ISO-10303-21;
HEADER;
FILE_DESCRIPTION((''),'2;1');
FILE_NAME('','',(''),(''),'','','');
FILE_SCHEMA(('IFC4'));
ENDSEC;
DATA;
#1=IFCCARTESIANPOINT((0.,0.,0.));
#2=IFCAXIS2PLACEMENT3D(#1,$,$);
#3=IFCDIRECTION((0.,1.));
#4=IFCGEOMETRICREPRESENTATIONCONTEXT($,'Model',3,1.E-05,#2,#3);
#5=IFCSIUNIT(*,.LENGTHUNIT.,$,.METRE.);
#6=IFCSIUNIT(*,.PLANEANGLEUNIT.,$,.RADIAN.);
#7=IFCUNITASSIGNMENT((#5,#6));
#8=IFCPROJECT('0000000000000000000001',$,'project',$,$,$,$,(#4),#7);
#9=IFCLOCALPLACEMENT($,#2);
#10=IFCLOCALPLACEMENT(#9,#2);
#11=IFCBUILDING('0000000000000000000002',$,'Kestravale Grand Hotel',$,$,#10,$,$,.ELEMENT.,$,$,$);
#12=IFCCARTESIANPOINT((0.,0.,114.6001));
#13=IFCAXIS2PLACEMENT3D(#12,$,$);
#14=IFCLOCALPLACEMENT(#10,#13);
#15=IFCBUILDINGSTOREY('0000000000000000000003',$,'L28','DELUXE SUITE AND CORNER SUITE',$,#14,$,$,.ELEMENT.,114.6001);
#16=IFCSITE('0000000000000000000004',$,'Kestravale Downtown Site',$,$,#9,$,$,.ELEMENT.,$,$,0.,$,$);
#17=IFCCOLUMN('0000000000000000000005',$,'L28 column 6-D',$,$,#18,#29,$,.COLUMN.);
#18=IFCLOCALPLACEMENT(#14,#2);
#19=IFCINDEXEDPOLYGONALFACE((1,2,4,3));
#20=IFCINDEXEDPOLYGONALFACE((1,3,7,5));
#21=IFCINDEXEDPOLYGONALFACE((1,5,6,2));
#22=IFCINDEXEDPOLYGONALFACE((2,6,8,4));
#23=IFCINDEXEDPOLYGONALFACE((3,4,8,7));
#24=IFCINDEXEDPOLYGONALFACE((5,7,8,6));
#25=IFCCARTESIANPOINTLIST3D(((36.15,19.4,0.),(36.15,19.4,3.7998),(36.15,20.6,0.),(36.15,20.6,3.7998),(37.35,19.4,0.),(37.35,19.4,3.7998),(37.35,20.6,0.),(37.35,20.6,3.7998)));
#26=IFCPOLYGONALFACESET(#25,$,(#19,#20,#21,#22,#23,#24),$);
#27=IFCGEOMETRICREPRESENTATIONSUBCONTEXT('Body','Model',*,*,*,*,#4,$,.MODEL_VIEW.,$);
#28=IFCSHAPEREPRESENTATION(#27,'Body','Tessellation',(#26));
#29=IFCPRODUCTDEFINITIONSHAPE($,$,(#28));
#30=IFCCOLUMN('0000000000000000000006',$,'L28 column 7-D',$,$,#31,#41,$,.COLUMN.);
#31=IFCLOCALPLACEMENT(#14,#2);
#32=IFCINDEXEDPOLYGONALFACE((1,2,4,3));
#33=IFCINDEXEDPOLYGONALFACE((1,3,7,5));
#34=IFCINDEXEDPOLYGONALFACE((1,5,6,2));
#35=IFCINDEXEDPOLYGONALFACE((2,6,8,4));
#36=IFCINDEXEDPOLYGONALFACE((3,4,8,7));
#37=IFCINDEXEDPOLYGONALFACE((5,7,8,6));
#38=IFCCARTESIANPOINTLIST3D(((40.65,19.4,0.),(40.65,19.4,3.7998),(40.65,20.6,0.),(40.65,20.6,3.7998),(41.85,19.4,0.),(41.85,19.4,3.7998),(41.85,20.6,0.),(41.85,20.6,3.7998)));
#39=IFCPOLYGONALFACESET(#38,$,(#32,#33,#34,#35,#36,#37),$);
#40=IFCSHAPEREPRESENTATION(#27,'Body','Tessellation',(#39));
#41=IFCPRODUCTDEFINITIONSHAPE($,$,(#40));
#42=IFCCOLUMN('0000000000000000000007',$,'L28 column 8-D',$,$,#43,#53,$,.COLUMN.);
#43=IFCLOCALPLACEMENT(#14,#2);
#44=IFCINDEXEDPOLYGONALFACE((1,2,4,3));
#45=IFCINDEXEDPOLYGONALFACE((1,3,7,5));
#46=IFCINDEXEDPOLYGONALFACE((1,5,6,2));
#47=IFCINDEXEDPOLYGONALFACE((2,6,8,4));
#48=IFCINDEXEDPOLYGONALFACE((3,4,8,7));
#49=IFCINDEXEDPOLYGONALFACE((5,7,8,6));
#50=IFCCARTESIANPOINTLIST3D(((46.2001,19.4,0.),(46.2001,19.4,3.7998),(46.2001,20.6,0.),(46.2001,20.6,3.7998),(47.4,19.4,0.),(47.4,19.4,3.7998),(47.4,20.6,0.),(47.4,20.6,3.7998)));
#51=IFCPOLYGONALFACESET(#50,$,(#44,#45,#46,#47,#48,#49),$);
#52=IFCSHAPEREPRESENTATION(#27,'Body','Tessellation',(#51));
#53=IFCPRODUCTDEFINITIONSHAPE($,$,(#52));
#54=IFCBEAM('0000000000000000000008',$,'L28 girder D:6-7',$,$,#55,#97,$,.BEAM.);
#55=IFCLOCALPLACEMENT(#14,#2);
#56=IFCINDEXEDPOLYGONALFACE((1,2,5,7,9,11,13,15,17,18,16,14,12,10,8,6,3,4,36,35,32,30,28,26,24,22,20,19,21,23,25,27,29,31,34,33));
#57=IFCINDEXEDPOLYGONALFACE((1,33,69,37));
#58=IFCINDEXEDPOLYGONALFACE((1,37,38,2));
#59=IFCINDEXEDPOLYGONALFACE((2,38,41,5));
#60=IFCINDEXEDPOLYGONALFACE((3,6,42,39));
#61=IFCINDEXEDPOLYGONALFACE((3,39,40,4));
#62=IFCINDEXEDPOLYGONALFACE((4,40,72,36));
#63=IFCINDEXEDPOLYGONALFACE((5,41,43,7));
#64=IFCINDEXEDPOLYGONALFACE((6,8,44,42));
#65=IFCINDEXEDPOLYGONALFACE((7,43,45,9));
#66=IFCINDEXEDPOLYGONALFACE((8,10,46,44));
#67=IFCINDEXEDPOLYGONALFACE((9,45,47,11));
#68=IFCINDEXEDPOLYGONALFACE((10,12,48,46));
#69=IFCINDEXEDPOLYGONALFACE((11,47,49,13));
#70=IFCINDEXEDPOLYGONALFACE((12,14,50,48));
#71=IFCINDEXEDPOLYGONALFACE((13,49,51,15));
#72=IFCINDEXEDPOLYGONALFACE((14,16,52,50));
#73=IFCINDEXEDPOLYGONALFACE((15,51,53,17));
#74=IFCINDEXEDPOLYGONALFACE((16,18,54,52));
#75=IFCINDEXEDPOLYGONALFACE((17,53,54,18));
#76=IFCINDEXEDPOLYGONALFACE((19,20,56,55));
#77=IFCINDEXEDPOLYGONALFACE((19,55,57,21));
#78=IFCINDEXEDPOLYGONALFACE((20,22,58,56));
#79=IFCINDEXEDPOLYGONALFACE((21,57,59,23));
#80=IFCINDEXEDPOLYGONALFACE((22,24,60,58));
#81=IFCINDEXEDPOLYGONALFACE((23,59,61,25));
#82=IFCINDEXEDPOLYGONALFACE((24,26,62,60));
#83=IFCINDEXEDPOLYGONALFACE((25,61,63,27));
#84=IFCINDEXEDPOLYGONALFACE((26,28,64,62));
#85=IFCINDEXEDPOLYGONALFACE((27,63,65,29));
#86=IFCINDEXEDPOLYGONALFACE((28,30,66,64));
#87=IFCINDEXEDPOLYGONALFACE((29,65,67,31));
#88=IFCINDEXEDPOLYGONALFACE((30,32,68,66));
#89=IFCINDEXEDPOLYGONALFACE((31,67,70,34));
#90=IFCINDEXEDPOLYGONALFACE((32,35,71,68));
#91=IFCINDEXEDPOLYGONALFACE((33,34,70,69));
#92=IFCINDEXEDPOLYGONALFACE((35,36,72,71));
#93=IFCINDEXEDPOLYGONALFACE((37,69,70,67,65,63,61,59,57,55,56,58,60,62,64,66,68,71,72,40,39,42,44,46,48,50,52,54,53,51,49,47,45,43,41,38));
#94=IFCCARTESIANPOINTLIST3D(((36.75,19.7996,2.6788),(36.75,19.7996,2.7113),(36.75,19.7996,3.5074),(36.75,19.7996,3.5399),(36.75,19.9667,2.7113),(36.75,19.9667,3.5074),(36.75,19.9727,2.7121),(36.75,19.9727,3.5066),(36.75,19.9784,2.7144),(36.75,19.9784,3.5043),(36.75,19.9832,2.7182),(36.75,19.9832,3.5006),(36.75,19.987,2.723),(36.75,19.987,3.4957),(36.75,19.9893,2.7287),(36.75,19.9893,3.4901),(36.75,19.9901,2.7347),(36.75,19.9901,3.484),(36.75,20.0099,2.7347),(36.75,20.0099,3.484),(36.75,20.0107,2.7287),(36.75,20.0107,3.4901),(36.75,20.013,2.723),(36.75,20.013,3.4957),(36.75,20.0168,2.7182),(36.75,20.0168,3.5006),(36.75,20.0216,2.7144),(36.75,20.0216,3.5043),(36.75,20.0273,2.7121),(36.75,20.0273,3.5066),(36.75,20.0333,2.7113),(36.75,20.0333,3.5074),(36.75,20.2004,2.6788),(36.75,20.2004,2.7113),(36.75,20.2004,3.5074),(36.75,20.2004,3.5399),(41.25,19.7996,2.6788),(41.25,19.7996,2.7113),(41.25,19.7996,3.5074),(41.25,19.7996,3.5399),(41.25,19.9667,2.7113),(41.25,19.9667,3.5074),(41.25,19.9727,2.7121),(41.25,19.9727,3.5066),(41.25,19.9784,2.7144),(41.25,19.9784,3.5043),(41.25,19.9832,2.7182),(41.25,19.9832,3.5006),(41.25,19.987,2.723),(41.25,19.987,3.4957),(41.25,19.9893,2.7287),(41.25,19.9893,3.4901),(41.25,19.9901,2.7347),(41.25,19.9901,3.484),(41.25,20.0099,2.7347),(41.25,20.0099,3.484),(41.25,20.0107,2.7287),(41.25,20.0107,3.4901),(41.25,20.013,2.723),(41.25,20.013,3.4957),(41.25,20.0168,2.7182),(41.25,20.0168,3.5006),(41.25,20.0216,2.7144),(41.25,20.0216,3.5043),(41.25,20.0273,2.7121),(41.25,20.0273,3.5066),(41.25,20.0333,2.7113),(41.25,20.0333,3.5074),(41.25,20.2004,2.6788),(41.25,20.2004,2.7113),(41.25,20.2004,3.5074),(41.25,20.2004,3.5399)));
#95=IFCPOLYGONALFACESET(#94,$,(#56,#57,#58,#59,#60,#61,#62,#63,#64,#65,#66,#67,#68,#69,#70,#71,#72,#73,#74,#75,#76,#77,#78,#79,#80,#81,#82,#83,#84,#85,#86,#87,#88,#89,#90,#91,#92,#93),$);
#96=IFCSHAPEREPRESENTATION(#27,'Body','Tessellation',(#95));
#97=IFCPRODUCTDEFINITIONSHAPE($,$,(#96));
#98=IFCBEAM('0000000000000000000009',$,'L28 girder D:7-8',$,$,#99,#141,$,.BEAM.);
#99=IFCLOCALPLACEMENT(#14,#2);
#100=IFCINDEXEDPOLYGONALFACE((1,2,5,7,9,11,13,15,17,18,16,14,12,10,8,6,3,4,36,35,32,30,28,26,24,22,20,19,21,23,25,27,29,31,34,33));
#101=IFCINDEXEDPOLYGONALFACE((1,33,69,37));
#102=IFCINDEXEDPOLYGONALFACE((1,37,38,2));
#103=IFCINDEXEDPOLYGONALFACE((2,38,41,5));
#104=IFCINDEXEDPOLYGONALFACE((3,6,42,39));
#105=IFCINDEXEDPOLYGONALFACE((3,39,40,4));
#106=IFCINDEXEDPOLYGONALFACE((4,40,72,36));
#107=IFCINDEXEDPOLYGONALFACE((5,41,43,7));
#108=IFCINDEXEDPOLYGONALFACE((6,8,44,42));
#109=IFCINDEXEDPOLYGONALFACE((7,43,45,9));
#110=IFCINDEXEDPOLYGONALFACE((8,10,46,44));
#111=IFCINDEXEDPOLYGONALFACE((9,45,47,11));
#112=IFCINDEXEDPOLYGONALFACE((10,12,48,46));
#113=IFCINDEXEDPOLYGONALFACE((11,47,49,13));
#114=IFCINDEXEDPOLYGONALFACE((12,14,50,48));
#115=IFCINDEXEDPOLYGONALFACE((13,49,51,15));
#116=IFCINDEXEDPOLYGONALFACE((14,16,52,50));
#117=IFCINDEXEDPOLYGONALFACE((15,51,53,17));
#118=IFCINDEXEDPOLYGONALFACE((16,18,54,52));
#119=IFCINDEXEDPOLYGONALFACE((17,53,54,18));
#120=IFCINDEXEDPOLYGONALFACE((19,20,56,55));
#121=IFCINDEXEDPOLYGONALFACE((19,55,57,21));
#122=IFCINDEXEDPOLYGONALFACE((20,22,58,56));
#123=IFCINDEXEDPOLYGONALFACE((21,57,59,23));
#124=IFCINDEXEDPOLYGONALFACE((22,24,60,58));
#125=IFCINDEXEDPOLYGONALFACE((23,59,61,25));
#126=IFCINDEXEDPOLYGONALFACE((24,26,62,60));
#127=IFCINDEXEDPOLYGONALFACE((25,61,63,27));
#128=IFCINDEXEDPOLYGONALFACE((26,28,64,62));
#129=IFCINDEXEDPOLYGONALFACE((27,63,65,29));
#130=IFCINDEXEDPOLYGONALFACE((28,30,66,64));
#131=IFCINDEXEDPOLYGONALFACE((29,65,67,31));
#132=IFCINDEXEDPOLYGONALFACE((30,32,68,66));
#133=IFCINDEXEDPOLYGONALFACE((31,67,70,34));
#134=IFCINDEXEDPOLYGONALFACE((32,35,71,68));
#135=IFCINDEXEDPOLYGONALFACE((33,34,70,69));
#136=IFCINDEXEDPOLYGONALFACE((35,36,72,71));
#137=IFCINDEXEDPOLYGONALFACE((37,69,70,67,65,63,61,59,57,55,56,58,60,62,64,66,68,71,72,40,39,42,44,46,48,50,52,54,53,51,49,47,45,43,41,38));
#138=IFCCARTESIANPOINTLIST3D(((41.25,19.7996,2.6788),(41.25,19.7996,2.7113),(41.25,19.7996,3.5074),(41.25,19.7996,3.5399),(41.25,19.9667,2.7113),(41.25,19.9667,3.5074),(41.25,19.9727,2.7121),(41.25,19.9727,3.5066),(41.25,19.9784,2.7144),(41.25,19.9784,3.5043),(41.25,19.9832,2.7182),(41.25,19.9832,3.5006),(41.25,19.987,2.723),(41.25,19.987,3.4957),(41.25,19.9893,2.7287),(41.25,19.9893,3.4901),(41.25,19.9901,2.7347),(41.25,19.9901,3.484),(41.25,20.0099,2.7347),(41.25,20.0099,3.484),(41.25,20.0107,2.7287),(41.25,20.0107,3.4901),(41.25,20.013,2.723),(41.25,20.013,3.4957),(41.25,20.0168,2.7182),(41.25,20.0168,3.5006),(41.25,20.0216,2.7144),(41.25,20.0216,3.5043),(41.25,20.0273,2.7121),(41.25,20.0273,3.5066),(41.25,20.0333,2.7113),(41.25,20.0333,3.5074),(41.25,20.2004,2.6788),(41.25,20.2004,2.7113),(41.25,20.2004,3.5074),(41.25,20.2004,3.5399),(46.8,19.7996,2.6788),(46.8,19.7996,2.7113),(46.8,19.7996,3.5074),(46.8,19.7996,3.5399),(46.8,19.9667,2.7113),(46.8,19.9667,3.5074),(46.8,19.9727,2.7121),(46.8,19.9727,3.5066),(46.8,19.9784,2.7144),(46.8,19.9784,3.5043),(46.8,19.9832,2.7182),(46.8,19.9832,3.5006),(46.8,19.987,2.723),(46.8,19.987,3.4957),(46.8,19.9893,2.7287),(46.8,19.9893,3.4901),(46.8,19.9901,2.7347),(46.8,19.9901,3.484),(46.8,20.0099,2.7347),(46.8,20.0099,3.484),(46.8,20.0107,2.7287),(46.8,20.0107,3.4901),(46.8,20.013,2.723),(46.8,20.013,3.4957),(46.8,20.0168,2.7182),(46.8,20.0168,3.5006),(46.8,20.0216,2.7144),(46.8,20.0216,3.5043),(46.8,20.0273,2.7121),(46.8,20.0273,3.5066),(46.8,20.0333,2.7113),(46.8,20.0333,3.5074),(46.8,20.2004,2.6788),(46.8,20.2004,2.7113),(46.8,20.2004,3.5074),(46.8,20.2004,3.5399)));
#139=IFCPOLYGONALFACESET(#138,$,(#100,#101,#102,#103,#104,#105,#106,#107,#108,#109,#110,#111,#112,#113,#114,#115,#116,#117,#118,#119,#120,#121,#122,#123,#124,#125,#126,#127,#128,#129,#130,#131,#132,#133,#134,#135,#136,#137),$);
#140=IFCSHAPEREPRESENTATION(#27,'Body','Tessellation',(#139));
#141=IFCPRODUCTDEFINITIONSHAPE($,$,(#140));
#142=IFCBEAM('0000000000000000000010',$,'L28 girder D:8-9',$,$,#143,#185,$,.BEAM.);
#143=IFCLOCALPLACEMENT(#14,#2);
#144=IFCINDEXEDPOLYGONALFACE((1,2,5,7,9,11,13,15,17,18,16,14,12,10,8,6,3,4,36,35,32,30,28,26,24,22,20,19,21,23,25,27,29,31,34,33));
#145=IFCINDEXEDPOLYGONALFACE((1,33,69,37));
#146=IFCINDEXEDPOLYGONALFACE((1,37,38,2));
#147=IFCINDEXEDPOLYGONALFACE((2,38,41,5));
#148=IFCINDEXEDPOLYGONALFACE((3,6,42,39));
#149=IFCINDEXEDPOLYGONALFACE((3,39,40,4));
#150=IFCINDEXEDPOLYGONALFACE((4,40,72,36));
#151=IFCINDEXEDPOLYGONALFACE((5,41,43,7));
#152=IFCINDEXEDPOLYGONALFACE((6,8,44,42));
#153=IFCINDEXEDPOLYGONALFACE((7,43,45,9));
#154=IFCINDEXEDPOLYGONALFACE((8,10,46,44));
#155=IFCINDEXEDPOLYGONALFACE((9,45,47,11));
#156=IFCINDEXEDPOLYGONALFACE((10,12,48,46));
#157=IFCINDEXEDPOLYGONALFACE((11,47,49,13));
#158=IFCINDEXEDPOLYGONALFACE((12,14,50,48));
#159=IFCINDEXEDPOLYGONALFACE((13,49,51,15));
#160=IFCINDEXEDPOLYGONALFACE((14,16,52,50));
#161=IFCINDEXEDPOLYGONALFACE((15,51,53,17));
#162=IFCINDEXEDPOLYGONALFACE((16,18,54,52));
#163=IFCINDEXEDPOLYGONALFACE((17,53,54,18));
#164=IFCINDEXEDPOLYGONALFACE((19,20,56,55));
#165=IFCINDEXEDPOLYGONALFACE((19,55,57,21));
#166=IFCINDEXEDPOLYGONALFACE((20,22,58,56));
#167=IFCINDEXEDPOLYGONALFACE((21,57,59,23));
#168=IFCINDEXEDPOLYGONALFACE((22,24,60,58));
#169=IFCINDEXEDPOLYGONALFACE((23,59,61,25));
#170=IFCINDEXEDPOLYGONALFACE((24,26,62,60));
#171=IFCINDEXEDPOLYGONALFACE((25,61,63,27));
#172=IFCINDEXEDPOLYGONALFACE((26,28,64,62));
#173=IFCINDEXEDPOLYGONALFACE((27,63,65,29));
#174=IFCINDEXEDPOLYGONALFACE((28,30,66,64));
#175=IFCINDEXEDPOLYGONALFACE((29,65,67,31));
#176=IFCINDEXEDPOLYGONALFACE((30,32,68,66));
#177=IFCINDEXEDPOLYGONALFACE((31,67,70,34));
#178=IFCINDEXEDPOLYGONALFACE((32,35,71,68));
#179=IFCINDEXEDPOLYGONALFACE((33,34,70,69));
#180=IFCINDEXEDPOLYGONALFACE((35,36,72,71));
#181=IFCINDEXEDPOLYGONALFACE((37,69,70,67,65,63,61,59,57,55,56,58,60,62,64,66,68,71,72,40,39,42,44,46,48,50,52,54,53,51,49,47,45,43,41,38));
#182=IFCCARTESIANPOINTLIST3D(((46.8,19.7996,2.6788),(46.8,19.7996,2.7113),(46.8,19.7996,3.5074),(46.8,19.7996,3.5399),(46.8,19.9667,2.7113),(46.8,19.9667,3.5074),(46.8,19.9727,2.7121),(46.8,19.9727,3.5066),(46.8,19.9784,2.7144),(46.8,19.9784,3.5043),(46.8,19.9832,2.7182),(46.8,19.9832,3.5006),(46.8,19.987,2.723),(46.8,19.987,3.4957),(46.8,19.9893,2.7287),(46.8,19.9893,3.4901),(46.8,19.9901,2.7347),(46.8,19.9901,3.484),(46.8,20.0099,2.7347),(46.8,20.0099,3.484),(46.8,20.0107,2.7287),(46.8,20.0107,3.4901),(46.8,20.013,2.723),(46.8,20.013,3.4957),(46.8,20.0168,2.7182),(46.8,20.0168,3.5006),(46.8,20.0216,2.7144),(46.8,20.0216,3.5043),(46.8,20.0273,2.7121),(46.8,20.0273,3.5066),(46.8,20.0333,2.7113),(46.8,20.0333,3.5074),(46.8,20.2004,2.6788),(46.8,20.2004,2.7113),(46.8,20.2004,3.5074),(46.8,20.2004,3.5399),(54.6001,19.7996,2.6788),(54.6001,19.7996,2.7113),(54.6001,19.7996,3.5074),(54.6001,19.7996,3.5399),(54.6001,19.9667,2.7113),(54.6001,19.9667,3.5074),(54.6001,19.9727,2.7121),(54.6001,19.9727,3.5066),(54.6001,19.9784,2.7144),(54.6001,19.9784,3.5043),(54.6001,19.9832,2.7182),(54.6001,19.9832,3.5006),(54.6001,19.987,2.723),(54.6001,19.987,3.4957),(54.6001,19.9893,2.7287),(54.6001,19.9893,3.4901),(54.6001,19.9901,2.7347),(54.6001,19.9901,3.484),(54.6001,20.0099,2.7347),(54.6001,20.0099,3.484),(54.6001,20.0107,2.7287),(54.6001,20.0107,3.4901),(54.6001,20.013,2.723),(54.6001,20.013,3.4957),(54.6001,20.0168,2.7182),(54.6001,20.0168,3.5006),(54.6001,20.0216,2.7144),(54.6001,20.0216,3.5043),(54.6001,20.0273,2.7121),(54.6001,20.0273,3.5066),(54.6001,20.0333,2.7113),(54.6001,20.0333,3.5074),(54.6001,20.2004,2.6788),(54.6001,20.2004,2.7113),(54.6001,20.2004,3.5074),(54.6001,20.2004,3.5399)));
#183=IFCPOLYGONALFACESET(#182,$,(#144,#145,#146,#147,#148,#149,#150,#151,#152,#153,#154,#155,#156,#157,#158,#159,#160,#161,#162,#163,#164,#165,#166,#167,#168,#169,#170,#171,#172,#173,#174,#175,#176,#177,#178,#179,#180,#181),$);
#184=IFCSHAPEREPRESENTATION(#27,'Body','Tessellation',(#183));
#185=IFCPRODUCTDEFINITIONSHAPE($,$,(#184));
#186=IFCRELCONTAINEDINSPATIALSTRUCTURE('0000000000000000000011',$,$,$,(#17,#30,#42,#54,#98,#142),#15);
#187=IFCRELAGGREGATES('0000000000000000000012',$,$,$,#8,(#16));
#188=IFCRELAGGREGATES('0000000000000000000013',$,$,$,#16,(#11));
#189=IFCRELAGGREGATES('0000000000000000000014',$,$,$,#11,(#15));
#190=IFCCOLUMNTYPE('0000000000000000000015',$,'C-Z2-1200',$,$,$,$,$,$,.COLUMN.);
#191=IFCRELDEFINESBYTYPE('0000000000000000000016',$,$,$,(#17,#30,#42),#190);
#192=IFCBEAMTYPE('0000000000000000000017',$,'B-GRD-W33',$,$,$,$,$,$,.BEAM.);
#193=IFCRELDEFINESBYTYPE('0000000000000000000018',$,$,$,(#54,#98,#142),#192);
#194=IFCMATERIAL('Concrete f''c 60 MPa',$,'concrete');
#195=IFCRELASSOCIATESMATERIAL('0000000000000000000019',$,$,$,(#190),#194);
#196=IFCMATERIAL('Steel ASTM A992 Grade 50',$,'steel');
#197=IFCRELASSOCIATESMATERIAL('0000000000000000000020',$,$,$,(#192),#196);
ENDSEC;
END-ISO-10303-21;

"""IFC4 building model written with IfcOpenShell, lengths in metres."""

from ifc_helpers import new_model, si_unit, direction, frame, origin, origin_2d, place, context, subcontext, project, spatial, rectangle, i_section, extrude, material, material_profile, profile_set, type_object, element, save


model = new_model("IFC4")

# Units and contexts
model_context = context("Model", 3, precision=1e-05, world=origin(), true_north=direction((0.0, 1.0)))
body_context = subcontext(model_context, "Body", "Model", "MODEL_VIEW")
ifc_project = project(units=[si_unit("LENGTHUNIT", "METRE"), si_unit("PLANEANGLEUNIT", "RADIAN")], contexts=[model_context])

# Site, building, storey
site_placement = place(None, origin())
site = spatial("IfcSite", under=ifc_project, at=site_placement, Name="Kestravale Downtown Site", CompositionType="ELEMENT", RefElevation=0.0)
building_placement = place(site_placement, origin())
building = spatial("IfcBuilding", under=site, at=building_placement, Name="Kestravale Grand Hotel", CompositionType="ELEMENT")
storey_placement = place(building_placement, frame((0.0, 0.0, 114.6001)))
storey = spatial("IfcBuildingStorey", under=building, at=storey_placement, Name="L28", Description="DELUXE SUITE AND CORNER SUITE", CompositionType="ELEMENT", Elevation=114.6001)

# Columns
ifc_material_1 = material(Name="Concrete f'c 60 MPa", Category="concrete")
ifc_material_profile_1 = material_profile(ifc_material_1, rectangle(XDim=1.2, YDim=1.2, at=origin_2d()))
ifc_profile_set_1 = profile_set([ifc_material_profile_1], Name="Concrete f'c 60 MPa")
column_type = type_object("IfcColumnType", Name="C-Z2-1200", PredefinedType="COLUMN", material=ifc_profile_set_1)
for number, where, z_axis, x_axis, name in (
    (1, (36.75, 20.0, 0.0), (0.0, 0.0, 1.0), (1.0, 0.0, 0.0), "L28 column 6-D"),
    (2, (41.25, 20.0, 0.0), (0.0, 0.0, 1.0), (1.0, 0.0, 0.0), "L28 column 7-D"),
    (3, (46.8, 20.0, 0.0), (0.0, 0.0, 1.0), (1.0, 0.0, 0.0), "L28 column 8-D"),
):
    element("IfcColumn", number, at=place(storey_placement, frame(where, z_axis=z_axis, x_axis=x_axis)), inside=storey, type_object=column_type, Name=name, PredefinedType="COLUMN", context=body_context, shape_type="SweptSolid", body=[
        extrude(rectangle(XDim=1.2, YDim=1.2, at=origin_2d()), origin(), (0.0, 0.0, 1.0), 3.7998),
    ])

# Beams
ifc_material_2 = material(Name="Steel ASTM A992 Grade 50", Category="steel")
ifc_material_profile_2 = material_profile(ifc_material_2, i_section(OverallWidth=0.4009, OverallDepth=0.8611, WebThickness=0.0198, FlangeThickness=0.0325, FilletRadius=0.0234, at=origin_2d()))
ifc_profile_set_2 = profile_set([ifc_material_profile_2], Name="Steel ASTM A992 Grade 50")
beam_type = type_object("IfcBeamType", Name="B-GRD-W33", PredefinedType="BEAM", material=ifc_profile_set_2)
beam_1_placement = place(storey_placement, frame((36.75, 20.0, 3.1094), z_axis=(1.0, 0.0, 0.0), x_axis=(0.0, 1.0, 0.0)))
element("IfcBeam", 4, at=beam_1_placement, inside=storey, type_object=beam_type, Name="L28 girder D:6-7", PredefinedType="BEAM", context=body_context, shape_type="SweptSolid", body=[
    extrude(i_section(OverallWidth=0.4009, OverallDepth=0.8611, WebThickness=0.0198, FlangeThickness=0.0325, FilletRadius=0.0234, at=origin_2d()), origin(), (0.0, 0.0, 1.0), 4.5),
])
beam_2_placement = place(storey_placement, frame((41.25, 20.0, 3.1094), z_axis=(1.0, 0.0, 0.0), x_axis=(0.0, 1.0, 0.0)))
element("IfcBeam", 5, at=beam_2_placement, inside=storey, type_object=beam_type, Name="L28 girder D:7-8", PredefinedType="BEAM", context=body_context, shape_type="SweptSolid", body=[
    extrude(i_section(OverallWidth=0.4009, OverallDepth=0.8611, WebThickness=0.0198, FlangeThickness=0.0325, FilletRadius=0.0234, at=origin_2d()), origin(), (0.0, 0.0, 1.0), 5.55),
])
beam_3_placement = place(storey_placement, frame((46.8, 20.0, 3.1094), z_axis=(1.0, 0.0, 0.0), x_axis=(0.0, 1.0, 0.0)))
element("IfcBeam", 6, at=beam_3_placement, inside=storey, type_object=beam_type, Name="L28 girder D:8-9", PredefinedType="BEAM", context=body_context, shape_type="SweptSolid", body=[
    extrude(i_section(OverallWidth=0.4009, OverallDepth=0.8611, WebThickness=0.0198, FlangeThickness=0.0325, FilletRadius=0.0234, at=origin_2d()), origin(), (0.0, 0.0, 1.0), 7.8),
])

save(model, "model.ifc")
